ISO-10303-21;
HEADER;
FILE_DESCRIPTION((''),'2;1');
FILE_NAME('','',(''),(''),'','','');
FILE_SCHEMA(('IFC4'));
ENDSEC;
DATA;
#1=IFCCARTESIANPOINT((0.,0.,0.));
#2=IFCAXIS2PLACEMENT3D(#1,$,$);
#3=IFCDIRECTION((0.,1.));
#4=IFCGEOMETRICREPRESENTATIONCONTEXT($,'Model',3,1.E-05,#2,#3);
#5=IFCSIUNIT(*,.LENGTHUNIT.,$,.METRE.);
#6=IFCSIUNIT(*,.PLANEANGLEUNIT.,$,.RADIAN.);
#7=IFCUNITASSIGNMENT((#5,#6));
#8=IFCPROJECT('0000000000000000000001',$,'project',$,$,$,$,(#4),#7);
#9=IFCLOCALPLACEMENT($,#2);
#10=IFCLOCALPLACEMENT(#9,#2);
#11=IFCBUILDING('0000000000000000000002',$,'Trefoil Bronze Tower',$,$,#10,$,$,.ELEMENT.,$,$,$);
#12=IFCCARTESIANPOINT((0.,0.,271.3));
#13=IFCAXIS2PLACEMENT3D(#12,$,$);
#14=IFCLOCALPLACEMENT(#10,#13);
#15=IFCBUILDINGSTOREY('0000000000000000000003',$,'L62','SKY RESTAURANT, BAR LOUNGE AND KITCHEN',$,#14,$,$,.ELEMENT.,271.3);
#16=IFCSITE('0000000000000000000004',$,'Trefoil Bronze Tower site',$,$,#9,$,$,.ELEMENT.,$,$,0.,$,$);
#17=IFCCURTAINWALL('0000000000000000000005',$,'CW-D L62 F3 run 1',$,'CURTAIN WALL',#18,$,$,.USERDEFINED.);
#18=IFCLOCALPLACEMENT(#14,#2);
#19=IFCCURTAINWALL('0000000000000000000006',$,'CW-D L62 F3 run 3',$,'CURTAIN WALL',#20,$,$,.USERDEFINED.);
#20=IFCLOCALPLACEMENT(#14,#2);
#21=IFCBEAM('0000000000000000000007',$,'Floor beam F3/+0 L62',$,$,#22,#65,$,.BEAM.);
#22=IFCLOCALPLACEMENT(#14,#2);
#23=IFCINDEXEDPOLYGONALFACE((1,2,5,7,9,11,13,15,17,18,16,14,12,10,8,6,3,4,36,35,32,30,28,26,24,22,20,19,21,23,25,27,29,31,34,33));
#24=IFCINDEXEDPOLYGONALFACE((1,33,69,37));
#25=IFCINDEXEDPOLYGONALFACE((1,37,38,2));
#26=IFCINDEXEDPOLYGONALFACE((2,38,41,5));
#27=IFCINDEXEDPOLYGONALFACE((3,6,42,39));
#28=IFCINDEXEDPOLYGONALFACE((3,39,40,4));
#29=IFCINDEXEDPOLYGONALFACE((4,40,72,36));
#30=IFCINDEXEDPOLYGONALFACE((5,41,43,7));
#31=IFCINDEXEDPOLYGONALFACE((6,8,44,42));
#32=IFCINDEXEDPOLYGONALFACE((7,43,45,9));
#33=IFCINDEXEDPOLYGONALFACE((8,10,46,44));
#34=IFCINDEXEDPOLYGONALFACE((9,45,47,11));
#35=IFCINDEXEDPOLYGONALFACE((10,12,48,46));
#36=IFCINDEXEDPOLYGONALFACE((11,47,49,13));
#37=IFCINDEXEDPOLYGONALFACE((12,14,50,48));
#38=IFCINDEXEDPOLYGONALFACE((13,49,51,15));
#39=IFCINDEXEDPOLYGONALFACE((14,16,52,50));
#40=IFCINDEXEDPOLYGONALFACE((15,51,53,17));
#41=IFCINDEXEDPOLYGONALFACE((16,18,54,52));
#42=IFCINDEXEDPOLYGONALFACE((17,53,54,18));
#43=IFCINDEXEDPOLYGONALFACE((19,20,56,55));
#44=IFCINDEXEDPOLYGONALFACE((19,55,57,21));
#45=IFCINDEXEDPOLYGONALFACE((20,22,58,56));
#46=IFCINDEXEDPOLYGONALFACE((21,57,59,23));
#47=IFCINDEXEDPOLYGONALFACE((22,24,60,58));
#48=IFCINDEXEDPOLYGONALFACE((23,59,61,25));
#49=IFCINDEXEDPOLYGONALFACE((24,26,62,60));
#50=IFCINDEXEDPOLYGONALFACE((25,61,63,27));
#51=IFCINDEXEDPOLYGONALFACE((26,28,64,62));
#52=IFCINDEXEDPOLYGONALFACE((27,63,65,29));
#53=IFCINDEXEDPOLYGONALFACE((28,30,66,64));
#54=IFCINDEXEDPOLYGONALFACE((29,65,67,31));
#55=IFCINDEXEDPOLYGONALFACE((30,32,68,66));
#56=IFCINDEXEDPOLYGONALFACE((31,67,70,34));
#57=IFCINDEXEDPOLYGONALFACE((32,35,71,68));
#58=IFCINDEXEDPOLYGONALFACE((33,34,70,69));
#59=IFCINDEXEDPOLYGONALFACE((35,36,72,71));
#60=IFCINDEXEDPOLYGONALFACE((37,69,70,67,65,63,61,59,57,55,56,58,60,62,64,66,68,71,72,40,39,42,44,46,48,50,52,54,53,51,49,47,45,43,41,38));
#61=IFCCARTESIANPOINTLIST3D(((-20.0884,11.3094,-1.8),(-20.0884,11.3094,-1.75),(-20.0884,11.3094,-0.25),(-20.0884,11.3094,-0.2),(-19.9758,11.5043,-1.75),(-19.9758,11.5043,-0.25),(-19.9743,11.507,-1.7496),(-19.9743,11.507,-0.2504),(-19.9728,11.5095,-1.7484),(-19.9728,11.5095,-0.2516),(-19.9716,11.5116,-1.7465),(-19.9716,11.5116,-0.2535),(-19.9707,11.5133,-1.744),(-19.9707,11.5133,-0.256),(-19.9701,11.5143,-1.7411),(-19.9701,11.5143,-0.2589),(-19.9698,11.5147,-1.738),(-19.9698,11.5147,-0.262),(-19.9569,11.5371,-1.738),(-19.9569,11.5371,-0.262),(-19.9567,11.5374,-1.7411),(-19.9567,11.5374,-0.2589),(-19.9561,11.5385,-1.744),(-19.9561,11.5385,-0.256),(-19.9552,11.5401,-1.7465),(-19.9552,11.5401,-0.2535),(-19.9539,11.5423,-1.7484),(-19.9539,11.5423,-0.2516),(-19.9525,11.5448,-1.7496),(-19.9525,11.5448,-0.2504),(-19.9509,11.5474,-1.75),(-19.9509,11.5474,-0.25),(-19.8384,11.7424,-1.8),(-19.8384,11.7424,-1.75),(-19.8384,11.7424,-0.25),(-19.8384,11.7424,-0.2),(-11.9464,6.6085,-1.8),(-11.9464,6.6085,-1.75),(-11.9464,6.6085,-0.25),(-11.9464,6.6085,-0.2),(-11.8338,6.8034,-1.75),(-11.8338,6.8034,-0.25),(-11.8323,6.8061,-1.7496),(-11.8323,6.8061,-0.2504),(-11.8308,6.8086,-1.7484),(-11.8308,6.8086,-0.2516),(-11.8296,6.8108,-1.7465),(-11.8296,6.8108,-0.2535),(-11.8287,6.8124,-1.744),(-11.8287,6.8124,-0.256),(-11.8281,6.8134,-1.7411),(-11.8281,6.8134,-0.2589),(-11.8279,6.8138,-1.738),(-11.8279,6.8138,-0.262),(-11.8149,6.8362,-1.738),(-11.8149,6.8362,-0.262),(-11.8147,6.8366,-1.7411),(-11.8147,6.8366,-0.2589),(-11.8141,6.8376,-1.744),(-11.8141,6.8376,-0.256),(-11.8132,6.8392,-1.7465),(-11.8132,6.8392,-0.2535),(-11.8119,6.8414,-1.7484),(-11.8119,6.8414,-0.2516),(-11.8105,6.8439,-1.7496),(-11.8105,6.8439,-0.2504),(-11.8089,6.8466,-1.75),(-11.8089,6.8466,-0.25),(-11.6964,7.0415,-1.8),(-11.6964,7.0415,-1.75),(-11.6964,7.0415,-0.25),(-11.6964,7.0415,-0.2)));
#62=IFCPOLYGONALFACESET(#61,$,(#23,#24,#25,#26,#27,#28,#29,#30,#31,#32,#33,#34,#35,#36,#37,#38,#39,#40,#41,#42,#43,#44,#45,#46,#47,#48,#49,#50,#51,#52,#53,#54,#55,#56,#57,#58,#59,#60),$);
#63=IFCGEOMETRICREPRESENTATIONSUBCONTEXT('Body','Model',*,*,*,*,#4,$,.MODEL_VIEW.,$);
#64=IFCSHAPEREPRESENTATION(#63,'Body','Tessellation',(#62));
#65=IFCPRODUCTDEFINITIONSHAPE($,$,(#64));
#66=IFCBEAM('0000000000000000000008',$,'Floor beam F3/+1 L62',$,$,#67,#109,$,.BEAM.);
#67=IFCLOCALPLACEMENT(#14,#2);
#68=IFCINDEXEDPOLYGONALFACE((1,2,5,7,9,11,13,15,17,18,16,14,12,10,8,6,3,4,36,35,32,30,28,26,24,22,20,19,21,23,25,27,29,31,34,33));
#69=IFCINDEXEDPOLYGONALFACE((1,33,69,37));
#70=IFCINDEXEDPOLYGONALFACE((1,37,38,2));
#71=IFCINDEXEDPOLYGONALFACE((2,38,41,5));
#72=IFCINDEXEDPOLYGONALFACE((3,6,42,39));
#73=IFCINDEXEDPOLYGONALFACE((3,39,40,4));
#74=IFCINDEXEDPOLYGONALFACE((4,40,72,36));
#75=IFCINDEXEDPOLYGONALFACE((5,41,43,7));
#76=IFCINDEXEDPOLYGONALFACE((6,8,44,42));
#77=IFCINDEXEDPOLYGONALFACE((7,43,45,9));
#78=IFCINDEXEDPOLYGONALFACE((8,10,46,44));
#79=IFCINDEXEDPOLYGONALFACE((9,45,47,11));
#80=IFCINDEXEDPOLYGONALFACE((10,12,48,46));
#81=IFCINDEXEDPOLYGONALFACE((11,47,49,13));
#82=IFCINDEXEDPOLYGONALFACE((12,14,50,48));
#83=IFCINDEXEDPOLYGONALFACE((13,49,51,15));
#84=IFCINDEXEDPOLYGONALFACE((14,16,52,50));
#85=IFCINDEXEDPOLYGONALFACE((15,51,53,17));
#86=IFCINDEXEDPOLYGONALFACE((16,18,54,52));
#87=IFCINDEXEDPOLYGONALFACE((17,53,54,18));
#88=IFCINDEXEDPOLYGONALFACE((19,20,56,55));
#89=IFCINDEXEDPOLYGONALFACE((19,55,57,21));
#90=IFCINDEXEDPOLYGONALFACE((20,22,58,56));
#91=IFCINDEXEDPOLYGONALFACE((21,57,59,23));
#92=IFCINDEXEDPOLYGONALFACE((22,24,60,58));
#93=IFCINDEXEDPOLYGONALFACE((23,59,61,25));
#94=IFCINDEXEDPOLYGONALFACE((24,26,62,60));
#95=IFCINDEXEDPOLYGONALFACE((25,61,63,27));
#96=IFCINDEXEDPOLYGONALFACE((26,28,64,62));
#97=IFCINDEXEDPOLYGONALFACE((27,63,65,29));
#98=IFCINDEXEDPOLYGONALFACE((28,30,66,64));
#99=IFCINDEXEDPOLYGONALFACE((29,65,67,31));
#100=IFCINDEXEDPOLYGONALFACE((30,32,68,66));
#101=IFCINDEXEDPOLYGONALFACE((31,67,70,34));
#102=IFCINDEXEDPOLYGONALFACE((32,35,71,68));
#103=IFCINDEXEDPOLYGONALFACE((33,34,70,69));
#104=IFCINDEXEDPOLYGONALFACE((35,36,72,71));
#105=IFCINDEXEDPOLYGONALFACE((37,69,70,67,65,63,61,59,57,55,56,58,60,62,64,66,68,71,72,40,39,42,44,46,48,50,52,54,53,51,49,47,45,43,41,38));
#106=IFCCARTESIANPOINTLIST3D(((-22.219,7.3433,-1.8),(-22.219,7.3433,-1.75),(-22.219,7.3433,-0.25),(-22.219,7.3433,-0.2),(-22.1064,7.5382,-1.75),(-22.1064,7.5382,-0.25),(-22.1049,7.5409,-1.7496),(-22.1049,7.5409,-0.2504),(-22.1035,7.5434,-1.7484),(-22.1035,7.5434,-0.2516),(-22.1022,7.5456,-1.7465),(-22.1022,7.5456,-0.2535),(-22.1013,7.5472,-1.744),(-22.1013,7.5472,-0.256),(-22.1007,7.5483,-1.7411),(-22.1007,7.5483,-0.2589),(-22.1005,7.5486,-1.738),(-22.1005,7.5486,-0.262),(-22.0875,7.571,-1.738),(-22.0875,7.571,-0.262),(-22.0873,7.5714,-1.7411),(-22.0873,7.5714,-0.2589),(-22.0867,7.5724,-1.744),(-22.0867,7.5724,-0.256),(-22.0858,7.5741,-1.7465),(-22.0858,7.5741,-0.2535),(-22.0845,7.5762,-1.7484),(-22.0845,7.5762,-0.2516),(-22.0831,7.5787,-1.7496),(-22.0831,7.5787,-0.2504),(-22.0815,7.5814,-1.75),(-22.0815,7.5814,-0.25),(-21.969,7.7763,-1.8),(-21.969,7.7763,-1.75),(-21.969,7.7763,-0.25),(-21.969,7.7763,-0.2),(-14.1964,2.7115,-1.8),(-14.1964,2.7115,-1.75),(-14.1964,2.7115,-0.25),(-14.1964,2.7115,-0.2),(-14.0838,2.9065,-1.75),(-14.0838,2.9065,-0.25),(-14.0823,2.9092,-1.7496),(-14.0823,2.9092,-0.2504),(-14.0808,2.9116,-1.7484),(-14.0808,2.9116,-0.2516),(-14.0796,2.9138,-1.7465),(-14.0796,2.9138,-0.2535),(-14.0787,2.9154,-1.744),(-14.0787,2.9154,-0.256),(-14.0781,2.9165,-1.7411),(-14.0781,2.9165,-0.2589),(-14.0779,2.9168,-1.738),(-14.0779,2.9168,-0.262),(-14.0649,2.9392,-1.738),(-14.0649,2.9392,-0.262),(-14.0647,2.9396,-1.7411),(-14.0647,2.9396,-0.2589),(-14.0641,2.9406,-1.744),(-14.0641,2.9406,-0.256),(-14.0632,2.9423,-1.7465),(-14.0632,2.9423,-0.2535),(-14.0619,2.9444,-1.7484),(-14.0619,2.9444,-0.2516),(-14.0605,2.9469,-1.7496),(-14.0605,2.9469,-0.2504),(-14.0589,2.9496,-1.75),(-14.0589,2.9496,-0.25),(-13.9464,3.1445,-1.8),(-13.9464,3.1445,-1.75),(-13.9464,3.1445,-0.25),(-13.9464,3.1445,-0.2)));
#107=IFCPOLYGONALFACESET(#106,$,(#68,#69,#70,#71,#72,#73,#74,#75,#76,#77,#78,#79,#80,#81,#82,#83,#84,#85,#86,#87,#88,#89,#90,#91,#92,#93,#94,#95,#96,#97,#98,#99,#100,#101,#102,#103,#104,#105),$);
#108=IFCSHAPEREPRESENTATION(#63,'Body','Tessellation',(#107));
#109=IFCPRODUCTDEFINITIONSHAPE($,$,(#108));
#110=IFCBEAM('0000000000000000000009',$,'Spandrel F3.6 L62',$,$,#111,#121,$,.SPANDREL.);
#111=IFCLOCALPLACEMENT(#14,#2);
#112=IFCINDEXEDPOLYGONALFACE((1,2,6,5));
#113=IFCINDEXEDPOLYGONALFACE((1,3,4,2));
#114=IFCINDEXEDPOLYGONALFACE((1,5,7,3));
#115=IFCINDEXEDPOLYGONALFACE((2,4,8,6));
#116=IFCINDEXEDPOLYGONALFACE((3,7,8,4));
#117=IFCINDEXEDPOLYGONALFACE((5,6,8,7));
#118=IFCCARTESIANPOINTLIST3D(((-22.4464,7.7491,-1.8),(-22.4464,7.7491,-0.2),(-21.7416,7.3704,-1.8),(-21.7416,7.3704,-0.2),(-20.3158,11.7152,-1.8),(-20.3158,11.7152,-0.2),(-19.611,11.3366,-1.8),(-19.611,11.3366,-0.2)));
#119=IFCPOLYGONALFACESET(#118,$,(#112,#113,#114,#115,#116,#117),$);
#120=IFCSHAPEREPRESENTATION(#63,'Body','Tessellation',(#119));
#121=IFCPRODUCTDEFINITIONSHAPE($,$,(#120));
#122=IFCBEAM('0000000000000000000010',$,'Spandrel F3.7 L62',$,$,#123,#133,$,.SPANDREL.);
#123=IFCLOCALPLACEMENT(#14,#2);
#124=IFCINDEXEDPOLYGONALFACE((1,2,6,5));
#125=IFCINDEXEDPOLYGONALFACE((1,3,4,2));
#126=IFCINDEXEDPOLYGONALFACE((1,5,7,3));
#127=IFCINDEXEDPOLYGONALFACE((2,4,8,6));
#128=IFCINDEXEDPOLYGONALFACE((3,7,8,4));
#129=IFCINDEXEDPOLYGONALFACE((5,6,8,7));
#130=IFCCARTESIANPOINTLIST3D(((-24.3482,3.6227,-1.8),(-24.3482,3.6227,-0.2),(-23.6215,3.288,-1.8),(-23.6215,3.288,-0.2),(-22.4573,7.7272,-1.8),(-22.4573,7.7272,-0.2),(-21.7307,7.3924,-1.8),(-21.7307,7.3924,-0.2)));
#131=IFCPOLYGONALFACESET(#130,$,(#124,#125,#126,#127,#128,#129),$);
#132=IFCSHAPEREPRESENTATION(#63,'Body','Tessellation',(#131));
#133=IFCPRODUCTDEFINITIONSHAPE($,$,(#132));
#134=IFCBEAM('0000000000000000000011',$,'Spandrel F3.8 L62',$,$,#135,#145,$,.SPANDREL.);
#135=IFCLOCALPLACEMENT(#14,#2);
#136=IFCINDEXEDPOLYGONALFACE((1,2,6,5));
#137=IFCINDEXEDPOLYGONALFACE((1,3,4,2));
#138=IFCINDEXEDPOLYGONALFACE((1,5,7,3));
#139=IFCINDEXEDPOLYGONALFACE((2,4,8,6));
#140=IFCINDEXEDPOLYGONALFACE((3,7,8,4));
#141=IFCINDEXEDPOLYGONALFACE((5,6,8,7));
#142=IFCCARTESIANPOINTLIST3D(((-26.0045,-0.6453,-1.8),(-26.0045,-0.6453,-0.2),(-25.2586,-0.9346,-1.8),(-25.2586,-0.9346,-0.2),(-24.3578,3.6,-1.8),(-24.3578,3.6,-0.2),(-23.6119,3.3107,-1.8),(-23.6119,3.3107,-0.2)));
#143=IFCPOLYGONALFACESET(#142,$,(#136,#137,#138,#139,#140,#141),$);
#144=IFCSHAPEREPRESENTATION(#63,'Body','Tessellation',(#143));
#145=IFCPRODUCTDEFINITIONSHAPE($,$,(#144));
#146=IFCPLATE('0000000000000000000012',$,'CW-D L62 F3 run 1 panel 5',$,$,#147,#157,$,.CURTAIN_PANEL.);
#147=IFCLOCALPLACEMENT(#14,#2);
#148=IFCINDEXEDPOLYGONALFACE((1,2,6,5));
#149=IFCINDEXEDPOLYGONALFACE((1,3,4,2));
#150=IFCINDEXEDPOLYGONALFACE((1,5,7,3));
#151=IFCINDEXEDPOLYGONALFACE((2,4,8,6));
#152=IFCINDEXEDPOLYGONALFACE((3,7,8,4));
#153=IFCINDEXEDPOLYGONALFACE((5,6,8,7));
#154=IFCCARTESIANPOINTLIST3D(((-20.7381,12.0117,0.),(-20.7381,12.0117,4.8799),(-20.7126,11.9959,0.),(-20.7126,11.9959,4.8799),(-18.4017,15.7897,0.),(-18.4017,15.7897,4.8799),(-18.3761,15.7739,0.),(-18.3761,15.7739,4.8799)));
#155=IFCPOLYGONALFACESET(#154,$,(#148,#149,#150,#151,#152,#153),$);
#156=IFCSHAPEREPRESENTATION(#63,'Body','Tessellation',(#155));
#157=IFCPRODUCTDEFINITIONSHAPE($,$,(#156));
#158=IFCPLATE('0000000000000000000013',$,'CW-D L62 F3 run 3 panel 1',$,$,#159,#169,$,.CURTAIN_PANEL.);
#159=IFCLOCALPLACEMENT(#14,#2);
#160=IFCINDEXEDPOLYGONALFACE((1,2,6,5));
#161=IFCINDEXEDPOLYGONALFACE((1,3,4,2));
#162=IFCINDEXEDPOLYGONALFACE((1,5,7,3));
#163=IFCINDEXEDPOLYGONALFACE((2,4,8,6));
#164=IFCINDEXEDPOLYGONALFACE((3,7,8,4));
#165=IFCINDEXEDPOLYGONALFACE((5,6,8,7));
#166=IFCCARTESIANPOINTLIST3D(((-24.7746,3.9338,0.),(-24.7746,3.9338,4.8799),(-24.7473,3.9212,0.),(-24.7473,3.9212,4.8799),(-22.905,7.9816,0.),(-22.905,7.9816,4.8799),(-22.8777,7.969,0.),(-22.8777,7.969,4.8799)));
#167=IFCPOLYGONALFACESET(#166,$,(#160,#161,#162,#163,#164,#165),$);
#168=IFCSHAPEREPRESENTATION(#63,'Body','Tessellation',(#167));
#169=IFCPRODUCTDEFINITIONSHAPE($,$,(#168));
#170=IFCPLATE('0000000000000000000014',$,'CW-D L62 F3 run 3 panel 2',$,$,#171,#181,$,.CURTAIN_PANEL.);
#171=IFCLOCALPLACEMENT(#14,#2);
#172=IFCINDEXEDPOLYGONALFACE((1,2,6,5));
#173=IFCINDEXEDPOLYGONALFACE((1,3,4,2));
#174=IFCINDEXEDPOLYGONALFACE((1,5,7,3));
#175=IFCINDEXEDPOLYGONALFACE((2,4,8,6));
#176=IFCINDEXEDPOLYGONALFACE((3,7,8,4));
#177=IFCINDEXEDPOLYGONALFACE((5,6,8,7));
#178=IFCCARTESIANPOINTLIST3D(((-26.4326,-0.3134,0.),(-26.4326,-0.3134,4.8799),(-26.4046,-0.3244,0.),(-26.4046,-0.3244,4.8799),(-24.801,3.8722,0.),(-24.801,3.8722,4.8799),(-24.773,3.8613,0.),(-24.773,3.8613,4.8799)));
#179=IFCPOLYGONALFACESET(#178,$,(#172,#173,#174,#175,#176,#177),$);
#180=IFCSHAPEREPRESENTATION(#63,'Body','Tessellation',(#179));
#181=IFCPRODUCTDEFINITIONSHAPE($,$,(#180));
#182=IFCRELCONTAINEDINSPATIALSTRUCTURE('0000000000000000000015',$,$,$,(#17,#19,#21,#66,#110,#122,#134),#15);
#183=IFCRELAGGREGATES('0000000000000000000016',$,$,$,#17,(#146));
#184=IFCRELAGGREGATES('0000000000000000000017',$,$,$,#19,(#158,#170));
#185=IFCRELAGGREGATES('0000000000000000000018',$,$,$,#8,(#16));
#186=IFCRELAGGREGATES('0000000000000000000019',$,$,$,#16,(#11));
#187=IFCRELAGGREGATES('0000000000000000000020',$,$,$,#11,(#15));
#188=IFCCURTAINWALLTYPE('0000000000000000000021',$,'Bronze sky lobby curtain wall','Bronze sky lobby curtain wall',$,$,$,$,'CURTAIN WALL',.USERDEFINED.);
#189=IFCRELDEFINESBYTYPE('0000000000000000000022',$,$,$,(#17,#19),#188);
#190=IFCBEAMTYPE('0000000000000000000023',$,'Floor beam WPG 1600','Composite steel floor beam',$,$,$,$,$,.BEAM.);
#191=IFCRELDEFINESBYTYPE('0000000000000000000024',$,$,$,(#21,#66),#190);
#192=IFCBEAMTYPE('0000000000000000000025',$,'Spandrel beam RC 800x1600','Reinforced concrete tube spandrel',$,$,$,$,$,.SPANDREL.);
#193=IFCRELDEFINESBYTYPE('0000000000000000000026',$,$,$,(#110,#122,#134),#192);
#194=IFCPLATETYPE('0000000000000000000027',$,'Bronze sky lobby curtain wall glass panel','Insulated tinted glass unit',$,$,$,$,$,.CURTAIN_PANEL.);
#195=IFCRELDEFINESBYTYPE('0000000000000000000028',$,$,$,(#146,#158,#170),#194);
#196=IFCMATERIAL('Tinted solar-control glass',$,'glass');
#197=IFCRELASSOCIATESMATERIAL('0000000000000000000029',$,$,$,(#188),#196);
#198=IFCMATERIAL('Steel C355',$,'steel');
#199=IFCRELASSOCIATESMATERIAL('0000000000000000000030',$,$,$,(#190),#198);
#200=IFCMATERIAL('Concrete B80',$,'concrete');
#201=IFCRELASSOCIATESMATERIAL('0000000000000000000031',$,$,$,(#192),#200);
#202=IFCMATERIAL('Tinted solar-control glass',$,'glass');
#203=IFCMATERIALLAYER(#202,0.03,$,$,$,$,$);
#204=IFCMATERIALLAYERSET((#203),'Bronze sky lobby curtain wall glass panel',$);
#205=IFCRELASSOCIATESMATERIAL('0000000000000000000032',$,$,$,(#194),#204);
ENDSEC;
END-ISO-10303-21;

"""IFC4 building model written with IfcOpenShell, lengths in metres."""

from ifc_helpers import new_model, si_unit, direction, frame, origin, origin_2d, place, context, subcontext, project, spatial, rectangle, i_section, extrude, material, layer, layer_set, material_profile, profile_set, type_object, element, aggregate, save


model = new_model("IFC4")

# Units and contexts
model_context = context("Model", 3, precision=1e-05, world=origin(), true_north=direction((0.0, 1.0)))
body_context = subcontext(model_context, "Body", "Model", "MODEL_VIEW")
ifc_project = project(units=[si_unit("LENGTHUNIT", "METRE"), si_unit("PLANEANGLEUNIT", "RADIAN")], contexts=[model_context])

# Site, building, storey
site_placement = place(None, origin())
site = spatial("IfcSite", under=ifc_project, at=site_placement, Name="Trefoil Bronze Tower site", CompositionType="ELEMENT", RefElevation=0.0)
building_placement = place(site_placement, origin())
building = spatial("IfcBuilding", under=site, at=building_placement, Name="Trefoil Bronze Tower", CompositionType="ELEMENT")
storey_placement = place(building_placement, frame((0.0, 0.0, 271.3)))
storey = spatial("IfcBuildingStorey", under=building, at=storey_placement, Name="L62", Description="SKY RESTAURANT, BAR LOUNGE AND KITCHEN", CompositionType="ELEMENT", Elevation=271.3)

# Curtain wall
ifc_material_1 = material(Name="Tinted solar-control glass", Category="glass")
curtain_wall_type = type_object("IfcCurtainWallType", Name="Bronze sky lobby curtain wall", Description="Bronze sky lobby curtain wall", ElementType="CURTAIN WALL", PredefinedType="USERDEFINED", material=ifc_material_1)
curtain_wall_1_placement = place(storey_placement, origin())
curtain_wall_1 = element("IfcCurtainWall", 1, at=curtain_wall_1_placement, inside=storey, type_object=curtain_wall_type, Name="CW-D L62 F3 run 1", ObjectType="CURTAIN WALL", PredefinedType="USERDEFINED")

# Curtain wall
curtain_wall_2_placement = place(storey_placement, origin())
curtain_wall_2 = element("IfcCurtainWall", 2, at=curtain_wall_2_placement, inside=storey, type_object=curtain_wall_type, Name="CW-D L62 F3 run 3", ObjectType="CURTAIN WALL", PredefinedType="USERDEFINED")

# Beams
ifc_material_2 = material(Name="Steel C355", Category="steel")
ifc_material_profile_1 = material_profile(ifc_material_2, i_section(OverallWidth=0.5, OverallDepth=1.6001, WebThickness=0.0259, FlangeThickness=0.05, FilletRadius=0.012, at=origin_2d()), Name="WPG 1600")
ifc_profile_set_1 = profile_set([ifc_material_profile_1], Name="Steel C355")
beam_type_1 = type_object("IfcBeamType", Name="Floor beam WPG 1600", Description="Composite steel floor beam", PredefinedType="BEAM", material=ifc_profile_set_1)
beam_1_placement = place(storey_placement, frame((-19.9634, 11.5259, -1.0), z_axis=(0.866021, -0.500007, 0.0), x_axis=(0.500007, 0.866021, 0.0)))
element("IfcBeam", 3, at=beam_1_placement, inside=storey, type_object=beam_type_1, Name="Floor beam F3/+0 L62", PredefinedType="BEAM", context=body_context, shape_type="SweptSolid", body=[
    extrude(i_section(OverallWidth=0.5, OverallDepth=1.6001, WebThickness=0.0259, FlangeThickness=0.05, FilletRadius=0.012, at=origin_2d()), origin(), (0.0, 0.0, 1.0), 9.4016),
])
beam_2_placement = place(storey_placement, frame((-22.094, 7.5598, -1.0), z_axis=(0.866029, -0.499994, 0.0), x_axis=(0.499994, 0.866029, 0.0)))
element("IfcBeam", 4, at=beam_2_placement, inside=storey, type_object=beam_type_1, Name="Floor beam F3/+1 L62", PredefinedType="BEAM", context=body_context, shape_type="SweptSolid", body=[
    extrude(i_section(OverallWidth=0.5, OverallDepth=1.6001, WebThickness=0.0259, FlangeThickness=0.05, FilletRadius=0.012, at=origin_2d()), origin(), (0.0, 0.0, 1.0), 9.2637),
])
ifc_material_3 = material(Name="Concrete B80", Category="concrete")
ifc_material_profile_2 = material_profile(ifc_material_3, rectangle(XDim=0.8, YDim=1.6001, at=origin_2d()), Name="RC 800x1600")
ifc_profile_set_2 = profile_set([ifc_material_profile_2], Name="Concrete B80")
beam_type_2 = type_object("IfcBeamType", Name="Spandrel beam RC 800x1600", Description="Reinforced concrete tube spandrel", PredefinedType="SPANDREL", material=ifc_profile_set_2)
beam_3_placement = place(storey_placement, frame((-19.9634, 11.5259, -1.0), z_axis=(-0.473246, -0.88093, 0.0), x_axis=(0.88093, -0.473246, 0.0)))
element("IfcBeam", 5, at=beam_3_placement, inside=storey, type_object=beam_type_2, Name="Spandrel F3.6 L62", PredefinedType="SPANDREL", context=body_context, shape_type="SweptSolid", body=[
    extrude(rectangle(XDim=0.8, YDim=1.6001, at=origin_2d()), origin(), (0.0, 0.0, 1.0), 4.5022),
])
beam_4_placement = place(storey_placement, frame((-22.094, 7.5598, -1.0), z_axis=(-0.418417, -0.908255, 0.0), x_axis=(0.908255, -0.418417, 0.0)))
element("IfcBeam", 6, at=beam_4_placement, inside=storey, type_object=beam_type_2, Name="Spandrel F3.7 L62", PredefinedType="SPANDREL", context=body_context, shape_type="SweptSolid", body=[
    extrude(rectangle(XDim=0.8, YDim=1.6001, at=origin_2d()), origin(), (0.0, 0.0, 1.0), 4.519),
])
beam_5_placement = place(storey_placement, frame((-23.9849, 3.4553, -1.0), z_axis=(-0.361636, -0.932319, 0.0), x_axis=(0.932319, -0.361636, 0.0)))
element("IfcBeam", 7, at=beam_5_placement, inside=storey, type_object=beam_type_2, Name="Spandrel F3.8 L62", PredefinedType="SPANDREL", context=body_context, shape_type="SweptSolid", body=[
    extrude(rectangle(XDim=0.8, YDim=1.6001, at=origin_2d()), origin(), (0.0, 0.0, 1.0), 4.5535),
])

# Plates
ifc_material_4 = material(Name="Tinted solar-control glass", Category="glass")
ifc_layer_1 = layer(ifc_material_4, 0.03)
ifc_layer_set_1 = layer_set([ifc_layer_1], Name="Bronze sky lobby curtain wall glass panel")
plate_type = type_object("IfcPlateType", Name="Bronze sky lobby curtain wall glass panel", Description="Insulated tinted glass unit", PredefinedType="CURTAIN_PANEL", material=ifc_layer_set_1)
plate_1_placement = place(storey_placement, frame((-19.5571, 13.8928, 0.0), z_axis=(0.0, 0.0, 1.0), x_axis=(-0.52598, -0.850497, 0.0)))
plate_1 = element("IfcPlate", 8, at=plate_1_placement, type_object=plate_type, Name="CW-D L62 F3 run 1 panel 5", PredefinedType="CURTAIN_PANEL", context=body_context, shape_type="SweptSolid", body=[
    extrude(rectangle(XDim=4.4421, YDim=0.03, at=origin_2d()), origin(), (0.0, 0.0, 1.0), 4.8799),
])
aggregate(curtain_wall_1, [plate_1])
plate_2_placement = place(storey_placement, frame((-23.8262, 5.9514, 0.0), z_axis=(0.0, 0.0, 1.0), x_axis=(-0.419309, -0.907844, 0.0)))
plate_2 = element("IfcPlate", 9, at=plate_2_placement, type_object=plate_type, Name="CW-D L62 F3 run 3 panel 1", PredefinedType="CURTAIN_PANEL", context=body_context, shape_type="SweptSolid", body=[
    extrude(rectangle(XDim=4.4587, YDim=0.03, at=origin_2d()), origin(), (0.0, 0.0, 1.0), 4.8799),
])
plate_3_placement = place(storey_placement, frame((-25.6028, 1.7739, 0.0), z_axis=(0.0, 0.0, 1.0), x_axis=(-0.363199, -0.931712, 0.0)))
plate_3 = element("IfcPlate", 10, at=plate_3_placement, type_object=plate_type, Name="CW-D L62 F3 run 3 panel 2", PredefinedType="CURTAIN_PANEL", context=body_context, shape_type="SweptSolid", body=[
    extrude(rectangle(XDim=4.4924, YDim=0.03, at=origin_2d()), origin(), (0.0, 0.0, 1.0), 4.8799),
])
aggregate(curtain_wall_2, [plate_2, plate_3])

save(model, "model.ifc")
